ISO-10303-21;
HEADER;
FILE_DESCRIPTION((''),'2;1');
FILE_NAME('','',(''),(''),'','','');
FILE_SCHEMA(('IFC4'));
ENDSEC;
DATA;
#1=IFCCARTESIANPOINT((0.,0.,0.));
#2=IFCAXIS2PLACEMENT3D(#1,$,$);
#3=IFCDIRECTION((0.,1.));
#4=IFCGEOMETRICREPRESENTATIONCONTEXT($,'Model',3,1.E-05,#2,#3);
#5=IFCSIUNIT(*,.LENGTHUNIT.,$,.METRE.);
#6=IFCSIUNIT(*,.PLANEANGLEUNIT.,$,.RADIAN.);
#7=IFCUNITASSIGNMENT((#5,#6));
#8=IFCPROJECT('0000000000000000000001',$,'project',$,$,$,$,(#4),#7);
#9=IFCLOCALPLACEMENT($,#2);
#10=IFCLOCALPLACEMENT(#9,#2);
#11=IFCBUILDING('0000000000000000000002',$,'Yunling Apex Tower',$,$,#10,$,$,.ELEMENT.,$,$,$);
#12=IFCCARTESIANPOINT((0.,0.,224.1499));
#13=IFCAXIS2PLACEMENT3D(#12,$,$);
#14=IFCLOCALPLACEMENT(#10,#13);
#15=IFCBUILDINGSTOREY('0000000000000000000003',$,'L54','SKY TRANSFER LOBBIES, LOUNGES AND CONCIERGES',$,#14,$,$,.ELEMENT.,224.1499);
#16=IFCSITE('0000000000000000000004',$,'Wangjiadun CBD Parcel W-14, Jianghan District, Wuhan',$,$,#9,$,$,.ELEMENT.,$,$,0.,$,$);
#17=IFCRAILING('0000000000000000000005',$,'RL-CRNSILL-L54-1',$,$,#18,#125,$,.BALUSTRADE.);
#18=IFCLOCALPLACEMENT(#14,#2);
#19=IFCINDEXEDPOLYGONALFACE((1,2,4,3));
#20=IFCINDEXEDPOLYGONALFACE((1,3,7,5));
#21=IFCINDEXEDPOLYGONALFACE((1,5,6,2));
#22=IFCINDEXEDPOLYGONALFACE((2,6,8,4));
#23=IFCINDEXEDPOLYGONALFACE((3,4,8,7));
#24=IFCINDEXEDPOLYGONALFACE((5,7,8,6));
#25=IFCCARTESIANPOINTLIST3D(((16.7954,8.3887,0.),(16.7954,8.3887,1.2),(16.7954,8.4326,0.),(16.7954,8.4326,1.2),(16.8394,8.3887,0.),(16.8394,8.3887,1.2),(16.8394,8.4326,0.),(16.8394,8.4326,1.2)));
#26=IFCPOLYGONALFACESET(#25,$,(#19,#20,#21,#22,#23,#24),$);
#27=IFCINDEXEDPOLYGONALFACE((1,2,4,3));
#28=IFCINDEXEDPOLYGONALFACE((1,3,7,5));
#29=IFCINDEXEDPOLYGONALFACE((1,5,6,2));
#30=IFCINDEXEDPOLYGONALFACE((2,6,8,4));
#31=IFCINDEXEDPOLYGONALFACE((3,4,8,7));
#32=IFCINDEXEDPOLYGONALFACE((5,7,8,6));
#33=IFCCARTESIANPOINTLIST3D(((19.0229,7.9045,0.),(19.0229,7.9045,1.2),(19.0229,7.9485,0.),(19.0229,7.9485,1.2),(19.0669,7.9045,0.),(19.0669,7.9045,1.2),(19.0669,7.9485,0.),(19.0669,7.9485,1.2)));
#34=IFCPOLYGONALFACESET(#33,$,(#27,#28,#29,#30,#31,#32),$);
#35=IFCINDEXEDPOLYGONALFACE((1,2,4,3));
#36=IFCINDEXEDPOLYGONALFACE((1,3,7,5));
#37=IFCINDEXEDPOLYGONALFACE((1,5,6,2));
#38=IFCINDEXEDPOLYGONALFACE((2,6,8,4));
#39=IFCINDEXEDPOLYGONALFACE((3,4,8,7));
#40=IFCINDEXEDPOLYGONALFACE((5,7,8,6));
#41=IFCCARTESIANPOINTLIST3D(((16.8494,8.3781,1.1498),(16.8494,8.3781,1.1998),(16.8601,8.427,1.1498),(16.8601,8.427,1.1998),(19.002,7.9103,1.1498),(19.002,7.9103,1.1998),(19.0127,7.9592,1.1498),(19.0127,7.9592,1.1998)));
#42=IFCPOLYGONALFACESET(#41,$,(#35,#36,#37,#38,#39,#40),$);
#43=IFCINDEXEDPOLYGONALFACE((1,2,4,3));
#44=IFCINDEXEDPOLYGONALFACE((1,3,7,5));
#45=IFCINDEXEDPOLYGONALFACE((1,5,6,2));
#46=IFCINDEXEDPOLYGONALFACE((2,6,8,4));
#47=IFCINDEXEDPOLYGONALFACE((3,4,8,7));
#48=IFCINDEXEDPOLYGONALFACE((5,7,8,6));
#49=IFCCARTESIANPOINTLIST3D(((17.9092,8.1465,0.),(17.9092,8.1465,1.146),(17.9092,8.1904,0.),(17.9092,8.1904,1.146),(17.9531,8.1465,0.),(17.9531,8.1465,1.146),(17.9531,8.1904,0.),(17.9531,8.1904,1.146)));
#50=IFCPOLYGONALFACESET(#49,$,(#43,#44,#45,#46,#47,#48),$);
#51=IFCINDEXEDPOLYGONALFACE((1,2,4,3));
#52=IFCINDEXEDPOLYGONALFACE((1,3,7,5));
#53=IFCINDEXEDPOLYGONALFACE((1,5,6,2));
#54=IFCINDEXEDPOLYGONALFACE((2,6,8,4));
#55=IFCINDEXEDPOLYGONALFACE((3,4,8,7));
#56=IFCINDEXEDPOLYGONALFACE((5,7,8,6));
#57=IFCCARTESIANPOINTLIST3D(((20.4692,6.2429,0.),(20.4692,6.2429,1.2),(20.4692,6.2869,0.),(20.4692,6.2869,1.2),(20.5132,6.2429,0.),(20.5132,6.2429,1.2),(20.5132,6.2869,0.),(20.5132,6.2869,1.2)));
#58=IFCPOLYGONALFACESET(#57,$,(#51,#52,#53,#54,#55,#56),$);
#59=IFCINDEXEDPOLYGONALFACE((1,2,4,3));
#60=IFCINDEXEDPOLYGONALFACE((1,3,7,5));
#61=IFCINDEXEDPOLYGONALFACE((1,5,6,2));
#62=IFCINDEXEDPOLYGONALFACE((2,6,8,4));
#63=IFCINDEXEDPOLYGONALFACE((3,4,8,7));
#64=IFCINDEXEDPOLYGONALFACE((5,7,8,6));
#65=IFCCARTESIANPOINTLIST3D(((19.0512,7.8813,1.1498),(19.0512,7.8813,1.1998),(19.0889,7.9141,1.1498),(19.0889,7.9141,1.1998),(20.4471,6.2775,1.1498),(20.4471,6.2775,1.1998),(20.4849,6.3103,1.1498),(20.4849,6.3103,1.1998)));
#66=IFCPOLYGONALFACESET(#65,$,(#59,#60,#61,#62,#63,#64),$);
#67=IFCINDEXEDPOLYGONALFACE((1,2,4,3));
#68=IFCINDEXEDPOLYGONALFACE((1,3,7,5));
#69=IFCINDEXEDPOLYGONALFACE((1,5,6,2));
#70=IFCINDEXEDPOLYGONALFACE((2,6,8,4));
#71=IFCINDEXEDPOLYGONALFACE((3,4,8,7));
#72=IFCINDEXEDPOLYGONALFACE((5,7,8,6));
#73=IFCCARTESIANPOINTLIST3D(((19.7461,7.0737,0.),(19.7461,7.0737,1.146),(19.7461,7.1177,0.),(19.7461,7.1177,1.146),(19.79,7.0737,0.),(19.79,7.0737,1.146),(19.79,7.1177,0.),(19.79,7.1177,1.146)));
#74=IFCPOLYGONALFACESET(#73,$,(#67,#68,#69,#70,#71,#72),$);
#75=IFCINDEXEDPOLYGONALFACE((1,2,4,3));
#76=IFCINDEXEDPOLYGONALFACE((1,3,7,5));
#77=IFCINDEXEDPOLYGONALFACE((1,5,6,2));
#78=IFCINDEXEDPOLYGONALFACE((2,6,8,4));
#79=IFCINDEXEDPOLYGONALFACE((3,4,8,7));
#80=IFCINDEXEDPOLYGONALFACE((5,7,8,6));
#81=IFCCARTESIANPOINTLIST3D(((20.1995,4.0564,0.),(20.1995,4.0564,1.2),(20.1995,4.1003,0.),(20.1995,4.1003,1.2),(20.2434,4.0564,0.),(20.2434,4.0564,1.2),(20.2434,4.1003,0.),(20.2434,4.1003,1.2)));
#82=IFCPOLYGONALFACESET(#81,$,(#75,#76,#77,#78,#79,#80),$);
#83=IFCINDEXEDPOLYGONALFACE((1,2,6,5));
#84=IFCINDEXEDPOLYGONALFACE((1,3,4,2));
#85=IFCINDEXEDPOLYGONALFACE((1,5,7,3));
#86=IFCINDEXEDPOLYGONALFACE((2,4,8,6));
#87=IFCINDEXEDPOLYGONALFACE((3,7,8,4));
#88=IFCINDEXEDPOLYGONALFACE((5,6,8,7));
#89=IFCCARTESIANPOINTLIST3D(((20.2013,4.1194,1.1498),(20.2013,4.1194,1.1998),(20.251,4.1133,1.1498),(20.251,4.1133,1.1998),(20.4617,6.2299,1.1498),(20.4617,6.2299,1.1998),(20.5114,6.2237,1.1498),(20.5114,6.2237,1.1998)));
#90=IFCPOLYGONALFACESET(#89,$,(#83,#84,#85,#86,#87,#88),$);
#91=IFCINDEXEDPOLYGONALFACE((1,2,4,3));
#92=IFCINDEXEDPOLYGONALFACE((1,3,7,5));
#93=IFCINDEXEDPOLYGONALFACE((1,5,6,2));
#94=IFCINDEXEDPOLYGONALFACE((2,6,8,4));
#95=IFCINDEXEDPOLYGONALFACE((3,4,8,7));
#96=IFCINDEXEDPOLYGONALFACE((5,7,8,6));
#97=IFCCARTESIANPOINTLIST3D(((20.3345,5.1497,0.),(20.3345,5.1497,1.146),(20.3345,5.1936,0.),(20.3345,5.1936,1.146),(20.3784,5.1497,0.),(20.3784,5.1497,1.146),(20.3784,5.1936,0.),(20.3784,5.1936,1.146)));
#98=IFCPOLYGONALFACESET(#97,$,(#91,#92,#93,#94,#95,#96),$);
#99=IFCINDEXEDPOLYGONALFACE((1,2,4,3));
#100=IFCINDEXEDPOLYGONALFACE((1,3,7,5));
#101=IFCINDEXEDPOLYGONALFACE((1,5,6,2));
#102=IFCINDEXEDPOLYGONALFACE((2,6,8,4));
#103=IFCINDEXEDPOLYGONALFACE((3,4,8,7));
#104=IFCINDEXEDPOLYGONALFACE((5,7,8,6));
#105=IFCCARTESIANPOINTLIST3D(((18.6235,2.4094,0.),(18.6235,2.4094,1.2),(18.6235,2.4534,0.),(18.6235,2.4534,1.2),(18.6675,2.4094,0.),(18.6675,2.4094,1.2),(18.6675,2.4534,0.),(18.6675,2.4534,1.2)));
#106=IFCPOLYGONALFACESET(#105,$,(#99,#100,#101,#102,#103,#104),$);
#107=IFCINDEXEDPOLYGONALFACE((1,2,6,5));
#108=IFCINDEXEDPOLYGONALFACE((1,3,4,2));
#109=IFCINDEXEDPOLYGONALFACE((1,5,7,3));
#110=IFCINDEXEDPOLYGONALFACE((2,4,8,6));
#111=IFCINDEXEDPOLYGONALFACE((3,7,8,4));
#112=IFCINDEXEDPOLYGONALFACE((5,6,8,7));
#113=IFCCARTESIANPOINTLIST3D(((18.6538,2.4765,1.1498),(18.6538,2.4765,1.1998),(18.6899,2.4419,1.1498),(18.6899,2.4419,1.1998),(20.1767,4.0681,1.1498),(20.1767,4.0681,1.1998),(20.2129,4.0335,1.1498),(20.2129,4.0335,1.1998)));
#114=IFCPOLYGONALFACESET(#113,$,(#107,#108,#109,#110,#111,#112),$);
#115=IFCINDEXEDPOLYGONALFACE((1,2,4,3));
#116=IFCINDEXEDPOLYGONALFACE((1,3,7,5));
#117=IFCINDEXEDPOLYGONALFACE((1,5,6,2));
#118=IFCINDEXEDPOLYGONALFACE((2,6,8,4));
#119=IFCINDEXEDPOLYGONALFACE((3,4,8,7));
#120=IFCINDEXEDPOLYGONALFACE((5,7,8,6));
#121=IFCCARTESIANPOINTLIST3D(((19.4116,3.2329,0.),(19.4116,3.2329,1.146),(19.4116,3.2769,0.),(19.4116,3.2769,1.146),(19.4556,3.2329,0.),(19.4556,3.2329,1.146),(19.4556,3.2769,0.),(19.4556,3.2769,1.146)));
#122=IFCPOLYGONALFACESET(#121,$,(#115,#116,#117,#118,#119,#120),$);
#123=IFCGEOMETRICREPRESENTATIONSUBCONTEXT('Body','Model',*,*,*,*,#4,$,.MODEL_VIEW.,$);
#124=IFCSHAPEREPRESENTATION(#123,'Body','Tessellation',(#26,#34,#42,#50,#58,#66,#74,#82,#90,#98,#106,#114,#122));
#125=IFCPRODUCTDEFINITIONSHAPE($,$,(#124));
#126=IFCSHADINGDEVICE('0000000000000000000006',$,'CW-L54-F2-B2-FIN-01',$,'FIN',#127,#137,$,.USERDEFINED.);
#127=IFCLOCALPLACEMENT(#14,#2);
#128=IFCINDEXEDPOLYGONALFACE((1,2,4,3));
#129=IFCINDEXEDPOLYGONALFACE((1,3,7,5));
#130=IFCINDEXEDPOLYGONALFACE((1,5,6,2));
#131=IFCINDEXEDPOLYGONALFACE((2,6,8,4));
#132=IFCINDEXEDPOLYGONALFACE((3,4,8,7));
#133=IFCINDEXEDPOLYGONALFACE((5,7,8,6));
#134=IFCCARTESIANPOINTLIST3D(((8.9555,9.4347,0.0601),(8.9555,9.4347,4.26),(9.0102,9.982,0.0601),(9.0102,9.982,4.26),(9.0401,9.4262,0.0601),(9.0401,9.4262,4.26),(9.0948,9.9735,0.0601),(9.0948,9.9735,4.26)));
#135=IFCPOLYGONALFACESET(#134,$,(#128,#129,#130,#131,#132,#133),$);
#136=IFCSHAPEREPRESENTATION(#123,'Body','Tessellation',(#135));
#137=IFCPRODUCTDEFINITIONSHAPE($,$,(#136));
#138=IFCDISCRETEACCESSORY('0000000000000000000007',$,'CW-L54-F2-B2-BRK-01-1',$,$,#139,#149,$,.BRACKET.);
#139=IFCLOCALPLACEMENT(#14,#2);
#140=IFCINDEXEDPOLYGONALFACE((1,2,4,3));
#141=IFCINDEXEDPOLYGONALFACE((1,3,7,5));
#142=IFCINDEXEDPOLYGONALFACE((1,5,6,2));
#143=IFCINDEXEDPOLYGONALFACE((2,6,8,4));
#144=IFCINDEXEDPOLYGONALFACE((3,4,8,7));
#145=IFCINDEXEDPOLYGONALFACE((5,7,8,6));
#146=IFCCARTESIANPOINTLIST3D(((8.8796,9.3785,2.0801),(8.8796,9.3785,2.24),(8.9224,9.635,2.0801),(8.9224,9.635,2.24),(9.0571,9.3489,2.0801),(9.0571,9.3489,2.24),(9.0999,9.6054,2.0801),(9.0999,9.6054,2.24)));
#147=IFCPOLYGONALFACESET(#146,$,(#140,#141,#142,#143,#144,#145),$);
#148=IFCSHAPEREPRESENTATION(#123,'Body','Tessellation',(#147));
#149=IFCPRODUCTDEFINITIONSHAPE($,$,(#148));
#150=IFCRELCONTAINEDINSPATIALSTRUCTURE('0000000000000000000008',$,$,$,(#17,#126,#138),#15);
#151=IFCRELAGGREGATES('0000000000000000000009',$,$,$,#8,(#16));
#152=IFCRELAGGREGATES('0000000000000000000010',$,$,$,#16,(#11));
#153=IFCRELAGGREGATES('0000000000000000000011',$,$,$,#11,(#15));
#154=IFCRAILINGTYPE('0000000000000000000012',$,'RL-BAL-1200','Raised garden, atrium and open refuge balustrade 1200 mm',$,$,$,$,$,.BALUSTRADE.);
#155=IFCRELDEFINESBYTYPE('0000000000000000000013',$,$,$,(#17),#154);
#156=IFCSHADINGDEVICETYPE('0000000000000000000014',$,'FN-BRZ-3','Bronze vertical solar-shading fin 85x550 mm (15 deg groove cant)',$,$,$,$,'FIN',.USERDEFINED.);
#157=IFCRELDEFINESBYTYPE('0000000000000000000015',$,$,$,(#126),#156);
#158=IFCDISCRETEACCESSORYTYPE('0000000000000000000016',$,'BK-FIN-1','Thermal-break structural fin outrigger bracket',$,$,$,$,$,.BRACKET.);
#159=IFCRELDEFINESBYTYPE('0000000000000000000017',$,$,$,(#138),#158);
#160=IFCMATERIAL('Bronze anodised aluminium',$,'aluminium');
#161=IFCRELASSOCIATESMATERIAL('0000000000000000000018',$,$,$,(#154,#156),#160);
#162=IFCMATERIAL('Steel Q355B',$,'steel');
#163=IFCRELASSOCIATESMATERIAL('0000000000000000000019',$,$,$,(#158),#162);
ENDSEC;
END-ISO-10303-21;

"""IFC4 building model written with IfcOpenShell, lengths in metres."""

from ifc_helpers import new_model, si_unit, direction, frame, origin, origin_2d, place, context, subcontext, project, spatial, rectangle, extrude, source, transform, mapped, material, material_profile, profile_set, type_object, element, save


model = new_model("IFC4")

# Units and contexts
model_context = context("Model", 3, precision=1e-05, world=origin(), true_north=direction((0.0, 1.0)))
body_context = subcontext(model_context, "Body", "Model", "MODEL_VIEW")
ifc_project = project(units=[si_unit("LENGTHUNIT", "METRE"), si_unit("PLANEANGLEUNIT", "RADIAN")], contexts=[model_context])

# Site, building, storey
site_placement = place(None, origin())
site = spatial("IfcSite", under=ifc_project, at=site_placement, Name="Wangjiadun CBD Parcel W-14, Jianghan District, Wuhan", CompositionType="ELEMENT", RefElevation=0.0)
building_placement = place(site_placement, origin())
building = spatial("IfcBuilding", under=site, at=building_placement, Name="Yunling Apex Tower", CompositionType="ELEMENT")
storey_placement = place(building_placement, frame((0.0, 0.0, 224.1499)))
storey = spatial("IfcBuildingStorey", under=building, at=storey_placement, Name="L54", Description="SKY TRANSFER LOBBIES, LOUNGES AND CONCIERGES", CompositionType="ELEMENT", Elevation=224.1499)

# Shared definitions
ifc_material_1 = material(Name="Steel Q355B", Category="steel")

# Shared definitions
ifc_material_2 = material(Name="Bronze anodised aluminium", Category="aluminium")

# Railing
railing_type = type_object("IfcRailingType", Name="RL-BAL-1200", Description="Raised garden, atrium and open refuge balustrade 1200 mm", PredefinedType="BALUSTRADE", material=ifc_material_2)
railing_placement = place(storey_placement, frame((16.8174, 8.4106, 0.0)))
element("IfcRailing", 1, at=railing_placement, inside=storey, type_object=railing_type, Name="RL-CRNSILL-L54-1", PredefinedType="BALUSTRADE", context=body_context, shape_type="SweptSolid", body=[
    extrude(rectangle(XDim=0.0439, YDim=0.0439, at=origin_2d()), origin(), (0.0, 0.0, 1.0), 1.2),
    extrude(rectangle(XDim=0.0439, YDim=0.0439, at=origin_2d()), frame((2.2275, -0.4841, 0.0)), (0.0, 0.0, 1.0), 1.2),
    extrude(rectangle(XDim=0.05, YDim=0.05, at=origin_2d()), frame((0.0374, -0.0081, 1.1748), z_axis=(0.977187, -0.212381, 0.0), x_axis=(0.212381, 0.977187, 0.0)), (0.0, 0.0, 1.0), 2.2029),
    extrude(rectangle(XDim=0.0439, YDim=0.0439, at=origin_2d()), frame((1.1138, -0.2422, 0.0)), (0.0, 0.0, 1.0), 1.146),
    extrude(rectangle(XDim=0.0439, YDim=0.0439, at=origin_2d()), frame((3.6738, -2.1458, 0.0)), (0.0, 0.0, 1.0), 1.2),
    extrude(rectangle(XDim=0.05, YDim=0.05, at=origin_2d()), frame((2.2527, -0.5129, 1.1748), z_axis=(0.656541, -0.75429, 0.0), x_axis=(0.75429, 0.656541, 0.0)), (0.0, 0.0, 1.0), 2.1262),
    extrude(rectangle(XDim=0.0439, YDim=0.0439, at=origin_2d()), frame((2.9507, -1.3149, 0.0)), (0.0, 0.0, 1.0), 1.146),
    extrude(rectangle(XDim=0.0439, YDim=0.0439, at=origin_2d()), frame((3.4041, -4.3323, 0.0)), (0.0, 0.0, 1.0), 1.2),
    extrude(rectangle(XDim=0.05, YDim=0.05, at=origin_2d()), frame((3.6692, -2.1838, 1.1748), z_axis=(-0.122452, -0.992474, 0.0), x_axis=(0.992474, -0.122452, 0.0)), (0.0, 0.0, 1.0), 2.1265),
    extrude(rectangle(XDim=0.0439, YDim=0.0439, at=origin_2d()), frame((3.5391, -3.239, 0.0)), (0.0, 0.0, 1.0), 1.146),
    extrude(rectangle(XDim=0.0439, YDim=0.0439, at=origin_2d()), frame((1.8281, -5.9792, 0.0)), (0.0, 0.0, 1.0), 1.2),
    extrude(rectangle(XDim=0.05, YDim=0.05, at=origin_2d()), frame((3.3774, -4.3599, 1.1748), z_axis=(-0.691352, -0.722519, 0.0), x_axis=(0.722519, -0.691352, 0.0)), (0.0, 0.0, 1.0), 2.2029),
    extrude(rectangle(XDim=0.0439, YDim=0.0439, at=origin_2d()), frame((2.6162, -5.1558, 0.0)), (0.0, 0.0, 1.0), 1.146),
])

# Shading device
ifc_material_profile_1 = material_profile(ifc_material_2, rectangle(XDim=0.085, YDim=0.55, at=origin_2d()))
ifc_profile_set_1 = profile_set([ifc_material_profile_1], Name="Bronze anodised aluminium")
shading_device_type = type_object("IfcShadingDeviceType", Name="FN-BRZ-3", Description="Bronze vertical solar-shading fin 85x550 mm (15 deg groove cant)", ElementType="FIN", PredefinedType="USERDEFINED", material=ifc_profile_set_1)
shared_shape_1 = source(origin(), body_context, "Body", "SweptSolid", [
    extrude(rectangle(XDim=0.085, YDim=0.55, at=origin_2d()), origin(), (0.0, 0.0, 1.0), 4.2),
])
shading_device_placement = place(storey_placement, frame((9.0251, 9.7041, 0.0601), z_axis=(0.0, 0.0, 1.0), x_axis=(-0.995038, 0.099493, 0.0)))
element("IfcShadingDevice", 2, at=shading_device_placement, inside=storey, type_object=shading_device_type, Name="CW-L54-F2-B2-FIN-01", ObjectType="FIN", PredefinedType="USERDEFINED", context=body_context, shape_type="MappedRepresentation", body=[
    mapped(shared_shape_1, transform((0.0, 0.0, 0.0), scale=1.0)),
])

# Discrete accessory
discrete_accessory_type = type_object("IfcDiscreteAccessoryType", Name="BK-FIN-1", Description="Thermal-break structural fin outrigger bracket", PredefinedType="BRACKET", material=ifc_material_1)
shared_shape_2 = source(origin(), body_context, "Body", "SweptSolid", [
    extrude(rectangle(XDim=0.1799, YDim=0.26, at=origin_2d()), origin(), (0.0, 0.0, 1.0), 0.1599),
])
discrete_accessory_placement = place(storey_placement, frame((8.9897, 9.4919, 2.0801), z_axis=(0.0, 0.0, 1.0), x_axis=(-0.986401, 0.164359, 0.0)))
element("IfcDiscreteAccessory", 3, at=discrete_accessory_placement, inside=storey, type_object=discrete_accessory_type, Name="CW-L54-F2-B2-BRK-01-1", PredefinedType="BRACKET", context=body_context, shape_type="MappedRepresentation", body=[
    mapped(shared_shape_2, transform((0.0, 0.0, 0.0), scale=1.0)),
])

save(model, "model.ifc")
